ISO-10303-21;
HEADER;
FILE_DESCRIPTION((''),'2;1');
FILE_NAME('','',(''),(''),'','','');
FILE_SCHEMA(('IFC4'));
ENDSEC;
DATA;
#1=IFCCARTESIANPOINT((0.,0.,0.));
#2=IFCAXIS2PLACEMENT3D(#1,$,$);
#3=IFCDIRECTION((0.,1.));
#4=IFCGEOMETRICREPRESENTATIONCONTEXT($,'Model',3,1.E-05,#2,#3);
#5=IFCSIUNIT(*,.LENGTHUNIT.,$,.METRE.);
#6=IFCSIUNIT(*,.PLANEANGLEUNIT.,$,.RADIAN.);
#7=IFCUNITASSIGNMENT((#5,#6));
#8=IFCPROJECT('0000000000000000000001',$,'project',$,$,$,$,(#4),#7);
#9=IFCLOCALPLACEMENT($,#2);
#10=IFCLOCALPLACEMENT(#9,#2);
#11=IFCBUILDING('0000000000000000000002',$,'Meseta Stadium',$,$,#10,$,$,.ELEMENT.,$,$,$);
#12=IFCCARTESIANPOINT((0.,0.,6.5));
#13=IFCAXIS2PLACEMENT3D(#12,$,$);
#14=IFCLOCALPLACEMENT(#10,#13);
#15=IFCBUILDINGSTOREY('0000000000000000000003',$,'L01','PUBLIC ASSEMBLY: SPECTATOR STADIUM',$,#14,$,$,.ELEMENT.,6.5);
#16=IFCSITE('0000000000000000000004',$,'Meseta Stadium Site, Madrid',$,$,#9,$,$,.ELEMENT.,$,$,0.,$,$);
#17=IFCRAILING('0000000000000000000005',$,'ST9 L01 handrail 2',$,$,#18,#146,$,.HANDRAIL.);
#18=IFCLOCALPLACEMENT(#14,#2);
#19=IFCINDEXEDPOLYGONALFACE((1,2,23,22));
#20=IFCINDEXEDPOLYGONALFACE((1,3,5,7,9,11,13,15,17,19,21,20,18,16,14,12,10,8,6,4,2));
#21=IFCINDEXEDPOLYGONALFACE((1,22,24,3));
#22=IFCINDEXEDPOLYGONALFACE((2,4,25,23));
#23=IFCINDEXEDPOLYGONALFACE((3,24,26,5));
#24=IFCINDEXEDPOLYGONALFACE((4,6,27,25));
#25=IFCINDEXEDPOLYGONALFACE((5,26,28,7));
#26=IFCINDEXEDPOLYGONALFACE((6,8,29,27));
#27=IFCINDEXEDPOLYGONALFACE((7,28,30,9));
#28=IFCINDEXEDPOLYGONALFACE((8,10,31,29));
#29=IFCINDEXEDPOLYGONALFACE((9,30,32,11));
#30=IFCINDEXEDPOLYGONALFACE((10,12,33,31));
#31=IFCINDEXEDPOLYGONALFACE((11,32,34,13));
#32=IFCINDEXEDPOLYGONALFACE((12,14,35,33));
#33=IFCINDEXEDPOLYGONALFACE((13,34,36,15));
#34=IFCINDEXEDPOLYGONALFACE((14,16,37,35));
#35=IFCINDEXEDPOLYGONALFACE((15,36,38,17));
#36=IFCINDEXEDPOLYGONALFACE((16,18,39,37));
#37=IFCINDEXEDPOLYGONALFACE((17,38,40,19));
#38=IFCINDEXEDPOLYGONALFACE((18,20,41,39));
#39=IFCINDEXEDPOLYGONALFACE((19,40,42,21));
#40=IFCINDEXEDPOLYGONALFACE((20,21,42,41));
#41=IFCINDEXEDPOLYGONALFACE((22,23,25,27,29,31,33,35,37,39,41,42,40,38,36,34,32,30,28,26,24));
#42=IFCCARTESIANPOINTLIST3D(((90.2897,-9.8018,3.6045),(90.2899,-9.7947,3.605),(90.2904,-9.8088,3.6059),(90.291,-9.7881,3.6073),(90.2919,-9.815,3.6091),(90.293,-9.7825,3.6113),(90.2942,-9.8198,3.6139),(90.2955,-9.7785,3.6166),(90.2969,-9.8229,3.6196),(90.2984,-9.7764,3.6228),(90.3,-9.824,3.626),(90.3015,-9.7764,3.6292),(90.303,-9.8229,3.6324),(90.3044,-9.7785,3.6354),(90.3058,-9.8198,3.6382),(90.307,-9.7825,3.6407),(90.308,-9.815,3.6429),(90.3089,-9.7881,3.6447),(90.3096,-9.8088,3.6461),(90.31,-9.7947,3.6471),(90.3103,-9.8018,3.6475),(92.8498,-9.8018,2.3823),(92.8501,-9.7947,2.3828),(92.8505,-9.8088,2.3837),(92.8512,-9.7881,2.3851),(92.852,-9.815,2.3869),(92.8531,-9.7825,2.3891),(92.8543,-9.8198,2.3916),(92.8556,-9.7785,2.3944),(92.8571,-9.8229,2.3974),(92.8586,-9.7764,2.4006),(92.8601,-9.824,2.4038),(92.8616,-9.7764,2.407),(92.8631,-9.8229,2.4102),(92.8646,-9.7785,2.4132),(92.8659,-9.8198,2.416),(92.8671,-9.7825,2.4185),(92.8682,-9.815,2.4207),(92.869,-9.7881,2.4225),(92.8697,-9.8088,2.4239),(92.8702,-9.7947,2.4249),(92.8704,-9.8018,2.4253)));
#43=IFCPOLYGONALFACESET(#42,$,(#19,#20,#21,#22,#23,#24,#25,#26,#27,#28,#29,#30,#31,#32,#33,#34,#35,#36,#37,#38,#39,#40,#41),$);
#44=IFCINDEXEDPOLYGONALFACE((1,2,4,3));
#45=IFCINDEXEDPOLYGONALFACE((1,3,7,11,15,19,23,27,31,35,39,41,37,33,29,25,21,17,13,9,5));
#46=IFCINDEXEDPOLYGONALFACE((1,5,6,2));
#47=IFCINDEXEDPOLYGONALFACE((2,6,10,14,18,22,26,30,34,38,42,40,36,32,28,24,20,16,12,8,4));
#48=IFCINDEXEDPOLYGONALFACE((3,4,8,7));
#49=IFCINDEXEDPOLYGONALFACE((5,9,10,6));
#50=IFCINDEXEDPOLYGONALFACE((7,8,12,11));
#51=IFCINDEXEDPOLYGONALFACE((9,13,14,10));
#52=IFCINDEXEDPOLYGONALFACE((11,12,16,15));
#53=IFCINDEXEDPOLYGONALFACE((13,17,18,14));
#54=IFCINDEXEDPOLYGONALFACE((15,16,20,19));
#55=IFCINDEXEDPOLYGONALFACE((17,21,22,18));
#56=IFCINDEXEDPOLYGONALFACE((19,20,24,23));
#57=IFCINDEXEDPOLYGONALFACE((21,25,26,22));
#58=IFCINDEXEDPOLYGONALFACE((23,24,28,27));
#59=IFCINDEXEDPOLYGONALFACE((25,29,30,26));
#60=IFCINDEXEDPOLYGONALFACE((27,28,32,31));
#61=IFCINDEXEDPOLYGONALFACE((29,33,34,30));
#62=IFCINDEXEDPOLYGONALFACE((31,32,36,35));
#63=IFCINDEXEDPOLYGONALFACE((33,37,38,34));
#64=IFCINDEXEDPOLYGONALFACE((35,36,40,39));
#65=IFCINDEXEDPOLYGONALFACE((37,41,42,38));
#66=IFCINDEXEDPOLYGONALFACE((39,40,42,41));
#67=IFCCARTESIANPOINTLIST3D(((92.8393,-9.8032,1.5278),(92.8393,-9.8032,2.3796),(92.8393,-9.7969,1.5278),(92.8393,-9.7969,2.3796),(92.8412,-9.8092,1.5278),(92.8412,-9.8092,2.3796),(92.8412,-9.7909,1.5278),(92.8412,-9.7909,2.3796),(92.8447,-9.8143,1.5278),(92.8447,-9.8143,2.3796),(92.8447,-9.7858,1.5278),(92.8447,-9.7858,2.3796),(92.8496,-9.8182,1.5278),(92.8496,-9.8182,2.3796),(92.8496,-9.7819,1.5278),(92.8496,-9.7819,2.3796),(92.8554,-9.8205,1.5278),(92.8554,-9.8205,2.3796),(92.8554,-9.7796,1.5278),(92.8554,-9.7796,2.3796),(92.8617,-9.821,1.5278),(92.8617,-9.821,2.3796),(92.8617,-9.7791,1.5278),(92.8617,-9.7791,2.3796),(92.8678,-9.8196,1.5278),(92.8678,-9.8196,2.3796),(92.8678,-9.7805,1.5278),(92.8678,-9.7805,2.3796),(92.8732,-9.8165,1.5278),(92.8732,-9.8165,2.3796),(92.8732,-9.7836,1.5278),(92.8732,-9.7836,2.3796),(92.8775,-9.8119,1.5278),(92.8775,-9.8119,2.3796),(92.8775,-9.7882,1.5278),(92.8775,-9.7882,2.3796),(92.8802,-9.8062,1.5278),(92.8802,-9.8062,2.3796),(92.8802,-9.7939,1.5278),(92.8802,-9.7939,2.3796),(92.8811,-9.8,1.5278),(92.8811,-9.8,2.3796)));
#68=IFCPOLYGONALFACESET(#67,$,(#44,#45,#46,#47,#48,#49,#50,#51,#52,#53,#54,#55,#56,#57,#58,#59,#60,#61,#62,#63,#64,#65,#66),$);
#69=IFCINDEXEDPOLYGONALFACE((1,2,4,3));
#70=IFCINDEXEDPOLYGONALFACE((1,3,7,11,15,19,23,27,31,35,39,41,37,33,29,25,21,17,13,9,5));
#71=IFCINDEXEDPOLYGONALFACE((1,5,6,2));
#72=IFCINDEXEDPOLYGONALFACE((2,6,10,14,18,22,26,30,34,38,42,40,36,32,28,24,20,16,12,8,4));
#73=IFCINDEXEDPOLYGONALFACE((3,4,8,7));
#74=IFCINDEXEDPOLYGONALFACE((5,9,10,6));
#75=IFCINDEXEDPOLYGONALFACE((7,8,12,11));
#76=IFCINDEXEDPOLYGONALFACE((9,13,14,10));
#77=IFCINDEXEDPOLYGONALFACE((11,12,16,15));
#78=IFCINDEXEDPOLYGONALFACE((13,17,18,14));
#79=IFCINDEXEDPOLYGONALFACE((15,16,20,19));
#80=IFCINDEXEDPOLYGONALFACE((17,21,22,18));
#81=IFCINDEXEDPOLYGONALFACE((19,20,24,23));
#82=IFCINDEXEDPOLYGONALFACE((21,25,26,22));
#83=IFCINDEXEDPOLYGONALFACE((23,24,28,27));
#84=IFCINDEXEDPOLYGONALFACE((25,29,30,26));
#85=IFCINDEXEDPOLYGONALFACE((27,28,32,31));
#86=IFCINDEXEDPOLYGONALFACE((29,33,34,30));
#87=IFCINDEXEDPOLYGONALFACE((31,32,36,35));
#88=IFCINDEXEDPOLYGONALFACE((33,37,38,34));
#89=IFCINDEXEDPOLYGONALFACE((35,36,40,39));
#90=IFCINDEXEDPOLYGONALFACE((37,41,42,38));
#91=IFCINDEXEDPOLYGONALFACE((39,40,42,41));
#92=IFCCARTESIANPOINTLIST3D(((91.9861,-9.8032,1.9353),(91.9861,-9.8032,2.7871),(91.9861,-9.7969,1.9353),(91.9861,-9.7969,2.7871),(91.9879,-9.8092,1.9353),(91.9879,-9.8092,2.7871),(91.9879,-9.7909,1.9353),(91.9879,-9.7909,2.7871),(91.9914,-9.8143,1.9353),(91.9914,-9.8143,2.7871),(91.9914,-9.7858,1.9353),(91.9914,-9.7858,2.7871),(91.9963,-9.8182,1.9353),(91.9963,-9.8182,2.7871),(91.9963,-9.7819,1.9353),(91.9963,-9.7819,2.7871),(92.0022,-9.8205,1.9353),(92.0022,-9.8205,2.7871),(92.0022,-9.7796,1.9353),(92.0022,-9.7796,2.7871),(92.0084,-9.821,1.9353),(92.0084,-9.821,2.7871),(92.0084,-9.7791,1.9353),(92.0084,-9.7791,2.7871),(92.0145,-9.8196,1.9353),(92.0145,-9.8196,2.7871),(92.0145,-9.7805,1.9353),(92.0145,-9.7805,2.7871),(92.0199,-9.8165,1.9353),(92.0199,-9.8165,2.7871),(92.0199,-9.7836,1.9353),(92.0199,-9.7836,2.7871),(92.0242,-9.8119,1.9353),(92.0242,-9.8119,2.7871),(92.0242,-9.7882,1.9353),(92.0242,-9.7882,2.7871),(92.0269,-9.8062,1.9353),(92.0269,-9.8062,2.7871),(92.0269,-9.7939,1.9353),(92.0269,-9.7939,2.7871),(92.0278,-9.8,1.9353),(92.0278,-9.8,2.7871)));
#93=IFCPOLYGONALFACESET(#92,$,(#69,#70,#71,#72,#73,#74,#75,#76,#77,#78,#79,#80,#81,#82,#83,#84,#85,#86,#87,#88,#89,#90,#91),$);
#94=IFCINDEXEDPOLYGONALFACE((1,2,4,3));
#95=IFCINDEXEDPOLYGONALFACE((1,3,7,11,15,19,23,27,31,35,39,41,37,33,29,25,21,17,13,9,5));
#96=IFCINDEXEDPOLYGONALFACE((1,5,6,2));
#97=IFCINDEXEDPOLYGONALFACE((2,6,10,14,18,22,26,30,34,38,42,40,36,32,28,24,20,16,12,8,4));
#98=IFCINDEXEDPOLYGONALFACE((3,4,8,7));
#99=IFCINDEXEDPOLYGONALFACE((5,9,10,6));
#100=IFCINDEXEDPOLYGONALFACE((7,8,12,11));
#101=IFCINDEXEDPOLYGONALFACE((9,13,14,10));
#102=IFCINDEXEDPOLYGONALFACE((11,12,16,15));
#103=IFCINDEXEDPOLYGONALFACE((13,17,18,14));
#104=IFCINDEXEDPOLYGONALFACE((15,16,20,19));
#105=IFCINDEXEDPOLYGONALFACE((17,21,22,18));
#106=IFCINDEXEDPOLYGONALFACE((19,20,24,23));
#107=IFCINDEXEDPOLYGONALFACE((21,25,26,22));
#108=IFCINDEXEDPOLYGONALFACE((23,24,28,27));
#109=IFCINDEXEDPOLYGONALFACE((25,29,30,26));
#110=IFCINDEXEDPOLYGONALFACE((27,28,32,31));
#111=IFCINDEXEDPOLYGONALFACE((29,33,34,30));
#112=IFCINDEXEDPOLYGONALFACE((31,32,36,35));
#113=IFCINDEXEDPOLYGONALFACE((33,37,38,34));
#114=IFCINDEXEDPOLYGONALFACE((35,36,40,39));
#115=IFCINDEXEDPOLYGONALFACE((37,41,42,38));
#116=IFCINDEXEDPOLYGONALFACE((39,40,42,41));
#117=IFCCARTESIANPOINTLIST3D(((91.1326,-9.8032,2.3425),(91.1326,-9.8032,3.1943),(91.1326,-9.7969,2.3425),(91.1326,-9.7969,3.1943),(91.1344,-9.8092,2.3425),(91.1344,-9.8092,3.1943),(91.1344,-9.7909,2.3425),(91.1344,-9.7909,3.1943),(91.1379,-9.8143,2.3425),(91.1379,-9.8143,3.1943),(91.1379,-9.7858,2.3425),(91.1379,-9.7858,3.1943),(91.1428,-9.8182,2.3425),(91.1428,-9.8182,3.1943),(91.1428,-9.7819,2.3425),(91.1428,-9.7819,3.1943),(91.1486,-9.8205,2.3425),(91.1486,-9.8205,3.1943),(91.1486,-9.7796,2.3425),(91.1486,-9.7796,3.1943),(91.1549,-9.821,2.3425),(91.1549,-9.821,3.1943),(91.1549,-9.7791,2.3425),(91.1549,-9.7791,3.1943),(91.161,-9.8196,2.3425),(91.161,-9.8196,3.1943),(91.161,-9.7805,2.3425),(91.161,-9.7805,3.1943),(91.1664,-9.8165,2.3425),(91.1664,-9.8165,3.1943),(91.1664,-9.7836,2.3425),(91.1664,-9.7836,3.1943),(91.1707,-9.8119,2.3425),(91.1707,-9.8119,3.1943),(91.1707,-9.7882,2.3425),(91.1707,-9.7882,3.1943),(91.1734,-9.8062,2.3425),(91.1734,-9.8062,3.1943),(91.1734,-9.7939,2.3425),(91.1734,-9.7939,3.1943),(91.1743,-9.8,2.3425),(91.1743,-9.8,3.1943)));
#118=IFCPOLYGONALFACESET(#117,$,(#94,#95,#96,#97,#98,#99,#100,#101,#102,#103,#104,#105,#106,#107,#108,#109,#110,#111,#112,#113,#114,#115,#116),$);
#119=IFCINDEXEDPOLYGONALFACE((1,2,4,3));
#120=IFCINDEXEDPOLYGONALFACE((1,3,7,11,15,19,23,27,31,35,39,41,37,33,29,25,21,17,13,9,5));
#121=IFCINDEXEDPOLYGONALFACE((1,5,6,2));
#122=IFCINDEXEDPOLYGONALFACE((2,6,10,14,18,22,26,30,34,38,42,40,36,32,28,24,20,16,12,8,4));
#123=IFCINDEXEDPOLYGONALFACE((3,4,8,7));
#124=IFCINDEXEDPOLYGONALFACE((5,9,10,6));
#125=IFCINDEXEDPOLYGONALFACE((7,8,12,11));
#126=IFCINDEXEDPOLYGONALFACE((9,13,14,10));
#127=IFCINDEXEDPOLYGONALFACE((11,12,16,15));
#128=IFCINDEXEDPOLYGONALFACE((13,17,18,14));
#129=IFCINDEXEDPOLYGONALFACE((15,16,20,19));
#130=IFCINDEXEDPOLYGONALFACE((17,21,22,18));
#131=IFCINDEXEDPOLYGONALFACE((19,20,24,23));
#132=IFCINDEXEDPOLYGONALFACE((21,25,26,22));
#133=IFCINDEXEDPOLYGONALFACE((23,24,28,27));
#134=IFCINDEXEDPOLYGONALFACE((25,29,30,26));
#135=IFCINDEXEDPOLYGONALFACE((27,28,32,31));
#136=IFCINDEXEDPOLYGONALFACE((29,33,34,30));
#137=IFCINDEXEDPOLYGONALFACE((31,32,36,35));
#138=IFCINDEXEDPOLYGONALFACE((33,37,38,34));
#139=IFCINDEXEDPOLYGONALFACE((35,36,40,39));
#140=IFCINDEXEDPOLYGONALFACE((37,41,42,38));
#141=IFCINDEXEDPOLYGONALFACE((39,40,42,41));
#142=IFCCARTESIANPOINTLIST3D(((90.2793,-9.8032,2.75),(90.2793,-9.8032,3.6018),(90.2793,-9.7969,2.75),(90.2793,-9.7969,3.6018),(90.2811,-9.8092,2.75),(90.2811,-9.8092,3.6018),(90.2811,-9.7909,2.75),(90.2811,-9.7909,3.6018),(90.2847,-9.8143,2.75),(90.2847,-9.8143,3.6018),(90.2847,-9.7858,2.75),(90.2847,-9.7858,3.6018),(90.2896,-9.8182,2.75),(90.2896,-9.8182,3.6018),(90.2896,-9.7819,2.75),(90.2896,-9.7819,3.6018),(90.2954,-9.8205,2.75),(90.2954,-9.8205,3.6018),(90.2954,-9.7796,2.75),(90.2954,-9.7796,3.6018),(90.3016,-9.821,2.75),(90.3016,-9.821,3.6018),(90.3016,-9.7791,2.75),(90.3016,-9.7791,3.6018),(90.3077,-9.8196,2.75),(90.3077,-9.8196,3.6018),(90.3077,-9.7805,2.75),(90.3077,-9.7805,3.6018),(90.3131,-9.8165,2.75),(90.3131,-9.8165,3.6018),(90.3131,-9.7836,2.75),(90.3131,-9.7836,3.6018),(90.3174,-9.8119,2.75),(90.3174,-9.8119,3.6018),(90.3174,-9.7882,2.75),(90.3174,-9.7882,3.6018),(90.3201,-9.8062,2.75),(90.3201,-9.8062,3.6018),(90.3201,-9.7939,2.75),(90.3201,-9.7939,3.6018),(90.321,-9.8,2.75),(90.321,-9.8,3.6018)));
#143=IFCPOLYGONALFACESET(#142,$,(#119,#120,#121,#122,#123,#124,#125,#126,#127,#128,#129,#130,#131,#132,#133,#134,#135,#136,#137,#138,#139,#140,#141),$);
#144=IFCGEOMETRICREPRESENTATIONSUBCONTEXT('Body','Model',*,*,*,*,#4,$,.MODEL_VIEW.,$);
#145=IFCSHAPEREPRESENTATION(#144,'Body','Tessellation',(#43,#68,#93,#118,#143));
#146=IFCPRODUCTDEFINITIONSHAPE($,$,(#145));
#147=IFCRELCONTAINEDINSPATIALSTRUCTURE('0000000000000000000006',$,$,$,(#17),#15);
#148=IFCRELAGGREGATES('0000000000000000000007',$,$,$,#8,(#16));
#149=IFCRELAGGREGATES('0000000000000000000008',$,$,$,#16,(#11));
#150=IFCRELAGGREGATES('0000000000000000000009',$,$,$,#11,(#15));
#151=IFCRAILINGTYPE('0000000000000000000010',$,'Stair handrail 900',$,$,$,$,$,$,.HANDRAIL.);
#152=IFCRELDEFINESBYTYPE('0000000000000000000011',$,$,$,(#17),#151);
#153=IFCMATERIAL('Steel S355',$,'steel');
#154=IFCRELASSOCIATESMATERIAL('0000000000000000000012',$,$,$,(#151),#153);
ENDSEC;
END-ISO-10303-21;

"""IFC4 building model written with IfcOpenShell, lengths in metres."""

from ifc_helpers import new_model, si_unit, direction, frame, origin, origin_2d, place, context, subcontext, project, spatial, circle, extrude, material, type_object, element, save


model = new_model("IFC4")

# Units and contexts
model_context = context("Model", 3, precision=1e-05, world=origin(), true_north=direction((0.0, 1.0)))
body_context = subcontext(model_context, "Body", "Model", "MODEL_VIEW")
ifc_project = project(units=[si_unit("LENGTHUNIT", "METRE"), si_unit("PLANEANGLEUNIT", "RADIAN")], contexts=[model_context])

# Site, building, storey
site_placement = place(None, origin())
site = spatial("IfcSite", under=ifc_project, at=site_placement, Name="Meseta Stadium Site, Madrid", CompositionType="ELEMENT", RefElevation=0.0)
building_placement = place(site_placement, origin())
building = spatial("IfcBuilding", under=site, at=building_placement, Name="Meseta Stadium", CompositionType="ELEMENT")
storey_placement = place(building_placement, frame((0.0, 0.0, 6.5)))
storey = spatial("IfcBuildingStorey", under=building, at=storey_placement, Name="L01", Description="PUBLIC ASSEMBLY: SPECTATOR STADIUM", CompositionType="ELEMENT", Elevation=6.5)

# Railing
ifc_material_1 = material(Name="Steel S355", Category="steel")
railing_type_1 = type_object("IfcRailingType", Name="Stair handrail 900", PredefinedType="HANDRAIL", material=ifc_material_1)
railing_1_placement = place(storey_placement, frame((92.8601, -9.8, 1.5278)))
element("IfcRailing", 1, at=railing_1_placement, inside=storey, type_object=railing_type_1, Name="ST9 L01 handrail 2", PredefinedType="HANDRAIL", context=body_context, shape_type="SweptSolid", body=[
    extrude(circle(Radius=0.0239, at=origin_2d()), frame((0.0, 0.0, 0.876), z_axis=(-0.902437, 0.0, 0.430822), x_axis=(0.0, -1.0, 0.0)), (0.0, 0.0, 1.0), 2.8369),
    extrude(circle(Radius=0.021, at=origin_2d()), origin(), (0.0, 0.0, 1.0), 0.8518),
    extrude(circle(Radius=0.021, at=origin_2d()), frame((-0.8533, 0.0, 0.4075)), (0.0, 0.0, 1.0), 0.8518),
    extrude(circle(Radius=0.021, at=origin_2d()), frame((-1.7068, 0.0, 0.8147)), (0.0, 0.0, 1.0), 0.8518),
    extrude(circle(Radius=0.021, at=origin_2d()), frame((-2.5601, 0.0, 1.2222)), (0.0, 0.0, 1.0), 0.8518),
])

save(model, "model.ifc")
